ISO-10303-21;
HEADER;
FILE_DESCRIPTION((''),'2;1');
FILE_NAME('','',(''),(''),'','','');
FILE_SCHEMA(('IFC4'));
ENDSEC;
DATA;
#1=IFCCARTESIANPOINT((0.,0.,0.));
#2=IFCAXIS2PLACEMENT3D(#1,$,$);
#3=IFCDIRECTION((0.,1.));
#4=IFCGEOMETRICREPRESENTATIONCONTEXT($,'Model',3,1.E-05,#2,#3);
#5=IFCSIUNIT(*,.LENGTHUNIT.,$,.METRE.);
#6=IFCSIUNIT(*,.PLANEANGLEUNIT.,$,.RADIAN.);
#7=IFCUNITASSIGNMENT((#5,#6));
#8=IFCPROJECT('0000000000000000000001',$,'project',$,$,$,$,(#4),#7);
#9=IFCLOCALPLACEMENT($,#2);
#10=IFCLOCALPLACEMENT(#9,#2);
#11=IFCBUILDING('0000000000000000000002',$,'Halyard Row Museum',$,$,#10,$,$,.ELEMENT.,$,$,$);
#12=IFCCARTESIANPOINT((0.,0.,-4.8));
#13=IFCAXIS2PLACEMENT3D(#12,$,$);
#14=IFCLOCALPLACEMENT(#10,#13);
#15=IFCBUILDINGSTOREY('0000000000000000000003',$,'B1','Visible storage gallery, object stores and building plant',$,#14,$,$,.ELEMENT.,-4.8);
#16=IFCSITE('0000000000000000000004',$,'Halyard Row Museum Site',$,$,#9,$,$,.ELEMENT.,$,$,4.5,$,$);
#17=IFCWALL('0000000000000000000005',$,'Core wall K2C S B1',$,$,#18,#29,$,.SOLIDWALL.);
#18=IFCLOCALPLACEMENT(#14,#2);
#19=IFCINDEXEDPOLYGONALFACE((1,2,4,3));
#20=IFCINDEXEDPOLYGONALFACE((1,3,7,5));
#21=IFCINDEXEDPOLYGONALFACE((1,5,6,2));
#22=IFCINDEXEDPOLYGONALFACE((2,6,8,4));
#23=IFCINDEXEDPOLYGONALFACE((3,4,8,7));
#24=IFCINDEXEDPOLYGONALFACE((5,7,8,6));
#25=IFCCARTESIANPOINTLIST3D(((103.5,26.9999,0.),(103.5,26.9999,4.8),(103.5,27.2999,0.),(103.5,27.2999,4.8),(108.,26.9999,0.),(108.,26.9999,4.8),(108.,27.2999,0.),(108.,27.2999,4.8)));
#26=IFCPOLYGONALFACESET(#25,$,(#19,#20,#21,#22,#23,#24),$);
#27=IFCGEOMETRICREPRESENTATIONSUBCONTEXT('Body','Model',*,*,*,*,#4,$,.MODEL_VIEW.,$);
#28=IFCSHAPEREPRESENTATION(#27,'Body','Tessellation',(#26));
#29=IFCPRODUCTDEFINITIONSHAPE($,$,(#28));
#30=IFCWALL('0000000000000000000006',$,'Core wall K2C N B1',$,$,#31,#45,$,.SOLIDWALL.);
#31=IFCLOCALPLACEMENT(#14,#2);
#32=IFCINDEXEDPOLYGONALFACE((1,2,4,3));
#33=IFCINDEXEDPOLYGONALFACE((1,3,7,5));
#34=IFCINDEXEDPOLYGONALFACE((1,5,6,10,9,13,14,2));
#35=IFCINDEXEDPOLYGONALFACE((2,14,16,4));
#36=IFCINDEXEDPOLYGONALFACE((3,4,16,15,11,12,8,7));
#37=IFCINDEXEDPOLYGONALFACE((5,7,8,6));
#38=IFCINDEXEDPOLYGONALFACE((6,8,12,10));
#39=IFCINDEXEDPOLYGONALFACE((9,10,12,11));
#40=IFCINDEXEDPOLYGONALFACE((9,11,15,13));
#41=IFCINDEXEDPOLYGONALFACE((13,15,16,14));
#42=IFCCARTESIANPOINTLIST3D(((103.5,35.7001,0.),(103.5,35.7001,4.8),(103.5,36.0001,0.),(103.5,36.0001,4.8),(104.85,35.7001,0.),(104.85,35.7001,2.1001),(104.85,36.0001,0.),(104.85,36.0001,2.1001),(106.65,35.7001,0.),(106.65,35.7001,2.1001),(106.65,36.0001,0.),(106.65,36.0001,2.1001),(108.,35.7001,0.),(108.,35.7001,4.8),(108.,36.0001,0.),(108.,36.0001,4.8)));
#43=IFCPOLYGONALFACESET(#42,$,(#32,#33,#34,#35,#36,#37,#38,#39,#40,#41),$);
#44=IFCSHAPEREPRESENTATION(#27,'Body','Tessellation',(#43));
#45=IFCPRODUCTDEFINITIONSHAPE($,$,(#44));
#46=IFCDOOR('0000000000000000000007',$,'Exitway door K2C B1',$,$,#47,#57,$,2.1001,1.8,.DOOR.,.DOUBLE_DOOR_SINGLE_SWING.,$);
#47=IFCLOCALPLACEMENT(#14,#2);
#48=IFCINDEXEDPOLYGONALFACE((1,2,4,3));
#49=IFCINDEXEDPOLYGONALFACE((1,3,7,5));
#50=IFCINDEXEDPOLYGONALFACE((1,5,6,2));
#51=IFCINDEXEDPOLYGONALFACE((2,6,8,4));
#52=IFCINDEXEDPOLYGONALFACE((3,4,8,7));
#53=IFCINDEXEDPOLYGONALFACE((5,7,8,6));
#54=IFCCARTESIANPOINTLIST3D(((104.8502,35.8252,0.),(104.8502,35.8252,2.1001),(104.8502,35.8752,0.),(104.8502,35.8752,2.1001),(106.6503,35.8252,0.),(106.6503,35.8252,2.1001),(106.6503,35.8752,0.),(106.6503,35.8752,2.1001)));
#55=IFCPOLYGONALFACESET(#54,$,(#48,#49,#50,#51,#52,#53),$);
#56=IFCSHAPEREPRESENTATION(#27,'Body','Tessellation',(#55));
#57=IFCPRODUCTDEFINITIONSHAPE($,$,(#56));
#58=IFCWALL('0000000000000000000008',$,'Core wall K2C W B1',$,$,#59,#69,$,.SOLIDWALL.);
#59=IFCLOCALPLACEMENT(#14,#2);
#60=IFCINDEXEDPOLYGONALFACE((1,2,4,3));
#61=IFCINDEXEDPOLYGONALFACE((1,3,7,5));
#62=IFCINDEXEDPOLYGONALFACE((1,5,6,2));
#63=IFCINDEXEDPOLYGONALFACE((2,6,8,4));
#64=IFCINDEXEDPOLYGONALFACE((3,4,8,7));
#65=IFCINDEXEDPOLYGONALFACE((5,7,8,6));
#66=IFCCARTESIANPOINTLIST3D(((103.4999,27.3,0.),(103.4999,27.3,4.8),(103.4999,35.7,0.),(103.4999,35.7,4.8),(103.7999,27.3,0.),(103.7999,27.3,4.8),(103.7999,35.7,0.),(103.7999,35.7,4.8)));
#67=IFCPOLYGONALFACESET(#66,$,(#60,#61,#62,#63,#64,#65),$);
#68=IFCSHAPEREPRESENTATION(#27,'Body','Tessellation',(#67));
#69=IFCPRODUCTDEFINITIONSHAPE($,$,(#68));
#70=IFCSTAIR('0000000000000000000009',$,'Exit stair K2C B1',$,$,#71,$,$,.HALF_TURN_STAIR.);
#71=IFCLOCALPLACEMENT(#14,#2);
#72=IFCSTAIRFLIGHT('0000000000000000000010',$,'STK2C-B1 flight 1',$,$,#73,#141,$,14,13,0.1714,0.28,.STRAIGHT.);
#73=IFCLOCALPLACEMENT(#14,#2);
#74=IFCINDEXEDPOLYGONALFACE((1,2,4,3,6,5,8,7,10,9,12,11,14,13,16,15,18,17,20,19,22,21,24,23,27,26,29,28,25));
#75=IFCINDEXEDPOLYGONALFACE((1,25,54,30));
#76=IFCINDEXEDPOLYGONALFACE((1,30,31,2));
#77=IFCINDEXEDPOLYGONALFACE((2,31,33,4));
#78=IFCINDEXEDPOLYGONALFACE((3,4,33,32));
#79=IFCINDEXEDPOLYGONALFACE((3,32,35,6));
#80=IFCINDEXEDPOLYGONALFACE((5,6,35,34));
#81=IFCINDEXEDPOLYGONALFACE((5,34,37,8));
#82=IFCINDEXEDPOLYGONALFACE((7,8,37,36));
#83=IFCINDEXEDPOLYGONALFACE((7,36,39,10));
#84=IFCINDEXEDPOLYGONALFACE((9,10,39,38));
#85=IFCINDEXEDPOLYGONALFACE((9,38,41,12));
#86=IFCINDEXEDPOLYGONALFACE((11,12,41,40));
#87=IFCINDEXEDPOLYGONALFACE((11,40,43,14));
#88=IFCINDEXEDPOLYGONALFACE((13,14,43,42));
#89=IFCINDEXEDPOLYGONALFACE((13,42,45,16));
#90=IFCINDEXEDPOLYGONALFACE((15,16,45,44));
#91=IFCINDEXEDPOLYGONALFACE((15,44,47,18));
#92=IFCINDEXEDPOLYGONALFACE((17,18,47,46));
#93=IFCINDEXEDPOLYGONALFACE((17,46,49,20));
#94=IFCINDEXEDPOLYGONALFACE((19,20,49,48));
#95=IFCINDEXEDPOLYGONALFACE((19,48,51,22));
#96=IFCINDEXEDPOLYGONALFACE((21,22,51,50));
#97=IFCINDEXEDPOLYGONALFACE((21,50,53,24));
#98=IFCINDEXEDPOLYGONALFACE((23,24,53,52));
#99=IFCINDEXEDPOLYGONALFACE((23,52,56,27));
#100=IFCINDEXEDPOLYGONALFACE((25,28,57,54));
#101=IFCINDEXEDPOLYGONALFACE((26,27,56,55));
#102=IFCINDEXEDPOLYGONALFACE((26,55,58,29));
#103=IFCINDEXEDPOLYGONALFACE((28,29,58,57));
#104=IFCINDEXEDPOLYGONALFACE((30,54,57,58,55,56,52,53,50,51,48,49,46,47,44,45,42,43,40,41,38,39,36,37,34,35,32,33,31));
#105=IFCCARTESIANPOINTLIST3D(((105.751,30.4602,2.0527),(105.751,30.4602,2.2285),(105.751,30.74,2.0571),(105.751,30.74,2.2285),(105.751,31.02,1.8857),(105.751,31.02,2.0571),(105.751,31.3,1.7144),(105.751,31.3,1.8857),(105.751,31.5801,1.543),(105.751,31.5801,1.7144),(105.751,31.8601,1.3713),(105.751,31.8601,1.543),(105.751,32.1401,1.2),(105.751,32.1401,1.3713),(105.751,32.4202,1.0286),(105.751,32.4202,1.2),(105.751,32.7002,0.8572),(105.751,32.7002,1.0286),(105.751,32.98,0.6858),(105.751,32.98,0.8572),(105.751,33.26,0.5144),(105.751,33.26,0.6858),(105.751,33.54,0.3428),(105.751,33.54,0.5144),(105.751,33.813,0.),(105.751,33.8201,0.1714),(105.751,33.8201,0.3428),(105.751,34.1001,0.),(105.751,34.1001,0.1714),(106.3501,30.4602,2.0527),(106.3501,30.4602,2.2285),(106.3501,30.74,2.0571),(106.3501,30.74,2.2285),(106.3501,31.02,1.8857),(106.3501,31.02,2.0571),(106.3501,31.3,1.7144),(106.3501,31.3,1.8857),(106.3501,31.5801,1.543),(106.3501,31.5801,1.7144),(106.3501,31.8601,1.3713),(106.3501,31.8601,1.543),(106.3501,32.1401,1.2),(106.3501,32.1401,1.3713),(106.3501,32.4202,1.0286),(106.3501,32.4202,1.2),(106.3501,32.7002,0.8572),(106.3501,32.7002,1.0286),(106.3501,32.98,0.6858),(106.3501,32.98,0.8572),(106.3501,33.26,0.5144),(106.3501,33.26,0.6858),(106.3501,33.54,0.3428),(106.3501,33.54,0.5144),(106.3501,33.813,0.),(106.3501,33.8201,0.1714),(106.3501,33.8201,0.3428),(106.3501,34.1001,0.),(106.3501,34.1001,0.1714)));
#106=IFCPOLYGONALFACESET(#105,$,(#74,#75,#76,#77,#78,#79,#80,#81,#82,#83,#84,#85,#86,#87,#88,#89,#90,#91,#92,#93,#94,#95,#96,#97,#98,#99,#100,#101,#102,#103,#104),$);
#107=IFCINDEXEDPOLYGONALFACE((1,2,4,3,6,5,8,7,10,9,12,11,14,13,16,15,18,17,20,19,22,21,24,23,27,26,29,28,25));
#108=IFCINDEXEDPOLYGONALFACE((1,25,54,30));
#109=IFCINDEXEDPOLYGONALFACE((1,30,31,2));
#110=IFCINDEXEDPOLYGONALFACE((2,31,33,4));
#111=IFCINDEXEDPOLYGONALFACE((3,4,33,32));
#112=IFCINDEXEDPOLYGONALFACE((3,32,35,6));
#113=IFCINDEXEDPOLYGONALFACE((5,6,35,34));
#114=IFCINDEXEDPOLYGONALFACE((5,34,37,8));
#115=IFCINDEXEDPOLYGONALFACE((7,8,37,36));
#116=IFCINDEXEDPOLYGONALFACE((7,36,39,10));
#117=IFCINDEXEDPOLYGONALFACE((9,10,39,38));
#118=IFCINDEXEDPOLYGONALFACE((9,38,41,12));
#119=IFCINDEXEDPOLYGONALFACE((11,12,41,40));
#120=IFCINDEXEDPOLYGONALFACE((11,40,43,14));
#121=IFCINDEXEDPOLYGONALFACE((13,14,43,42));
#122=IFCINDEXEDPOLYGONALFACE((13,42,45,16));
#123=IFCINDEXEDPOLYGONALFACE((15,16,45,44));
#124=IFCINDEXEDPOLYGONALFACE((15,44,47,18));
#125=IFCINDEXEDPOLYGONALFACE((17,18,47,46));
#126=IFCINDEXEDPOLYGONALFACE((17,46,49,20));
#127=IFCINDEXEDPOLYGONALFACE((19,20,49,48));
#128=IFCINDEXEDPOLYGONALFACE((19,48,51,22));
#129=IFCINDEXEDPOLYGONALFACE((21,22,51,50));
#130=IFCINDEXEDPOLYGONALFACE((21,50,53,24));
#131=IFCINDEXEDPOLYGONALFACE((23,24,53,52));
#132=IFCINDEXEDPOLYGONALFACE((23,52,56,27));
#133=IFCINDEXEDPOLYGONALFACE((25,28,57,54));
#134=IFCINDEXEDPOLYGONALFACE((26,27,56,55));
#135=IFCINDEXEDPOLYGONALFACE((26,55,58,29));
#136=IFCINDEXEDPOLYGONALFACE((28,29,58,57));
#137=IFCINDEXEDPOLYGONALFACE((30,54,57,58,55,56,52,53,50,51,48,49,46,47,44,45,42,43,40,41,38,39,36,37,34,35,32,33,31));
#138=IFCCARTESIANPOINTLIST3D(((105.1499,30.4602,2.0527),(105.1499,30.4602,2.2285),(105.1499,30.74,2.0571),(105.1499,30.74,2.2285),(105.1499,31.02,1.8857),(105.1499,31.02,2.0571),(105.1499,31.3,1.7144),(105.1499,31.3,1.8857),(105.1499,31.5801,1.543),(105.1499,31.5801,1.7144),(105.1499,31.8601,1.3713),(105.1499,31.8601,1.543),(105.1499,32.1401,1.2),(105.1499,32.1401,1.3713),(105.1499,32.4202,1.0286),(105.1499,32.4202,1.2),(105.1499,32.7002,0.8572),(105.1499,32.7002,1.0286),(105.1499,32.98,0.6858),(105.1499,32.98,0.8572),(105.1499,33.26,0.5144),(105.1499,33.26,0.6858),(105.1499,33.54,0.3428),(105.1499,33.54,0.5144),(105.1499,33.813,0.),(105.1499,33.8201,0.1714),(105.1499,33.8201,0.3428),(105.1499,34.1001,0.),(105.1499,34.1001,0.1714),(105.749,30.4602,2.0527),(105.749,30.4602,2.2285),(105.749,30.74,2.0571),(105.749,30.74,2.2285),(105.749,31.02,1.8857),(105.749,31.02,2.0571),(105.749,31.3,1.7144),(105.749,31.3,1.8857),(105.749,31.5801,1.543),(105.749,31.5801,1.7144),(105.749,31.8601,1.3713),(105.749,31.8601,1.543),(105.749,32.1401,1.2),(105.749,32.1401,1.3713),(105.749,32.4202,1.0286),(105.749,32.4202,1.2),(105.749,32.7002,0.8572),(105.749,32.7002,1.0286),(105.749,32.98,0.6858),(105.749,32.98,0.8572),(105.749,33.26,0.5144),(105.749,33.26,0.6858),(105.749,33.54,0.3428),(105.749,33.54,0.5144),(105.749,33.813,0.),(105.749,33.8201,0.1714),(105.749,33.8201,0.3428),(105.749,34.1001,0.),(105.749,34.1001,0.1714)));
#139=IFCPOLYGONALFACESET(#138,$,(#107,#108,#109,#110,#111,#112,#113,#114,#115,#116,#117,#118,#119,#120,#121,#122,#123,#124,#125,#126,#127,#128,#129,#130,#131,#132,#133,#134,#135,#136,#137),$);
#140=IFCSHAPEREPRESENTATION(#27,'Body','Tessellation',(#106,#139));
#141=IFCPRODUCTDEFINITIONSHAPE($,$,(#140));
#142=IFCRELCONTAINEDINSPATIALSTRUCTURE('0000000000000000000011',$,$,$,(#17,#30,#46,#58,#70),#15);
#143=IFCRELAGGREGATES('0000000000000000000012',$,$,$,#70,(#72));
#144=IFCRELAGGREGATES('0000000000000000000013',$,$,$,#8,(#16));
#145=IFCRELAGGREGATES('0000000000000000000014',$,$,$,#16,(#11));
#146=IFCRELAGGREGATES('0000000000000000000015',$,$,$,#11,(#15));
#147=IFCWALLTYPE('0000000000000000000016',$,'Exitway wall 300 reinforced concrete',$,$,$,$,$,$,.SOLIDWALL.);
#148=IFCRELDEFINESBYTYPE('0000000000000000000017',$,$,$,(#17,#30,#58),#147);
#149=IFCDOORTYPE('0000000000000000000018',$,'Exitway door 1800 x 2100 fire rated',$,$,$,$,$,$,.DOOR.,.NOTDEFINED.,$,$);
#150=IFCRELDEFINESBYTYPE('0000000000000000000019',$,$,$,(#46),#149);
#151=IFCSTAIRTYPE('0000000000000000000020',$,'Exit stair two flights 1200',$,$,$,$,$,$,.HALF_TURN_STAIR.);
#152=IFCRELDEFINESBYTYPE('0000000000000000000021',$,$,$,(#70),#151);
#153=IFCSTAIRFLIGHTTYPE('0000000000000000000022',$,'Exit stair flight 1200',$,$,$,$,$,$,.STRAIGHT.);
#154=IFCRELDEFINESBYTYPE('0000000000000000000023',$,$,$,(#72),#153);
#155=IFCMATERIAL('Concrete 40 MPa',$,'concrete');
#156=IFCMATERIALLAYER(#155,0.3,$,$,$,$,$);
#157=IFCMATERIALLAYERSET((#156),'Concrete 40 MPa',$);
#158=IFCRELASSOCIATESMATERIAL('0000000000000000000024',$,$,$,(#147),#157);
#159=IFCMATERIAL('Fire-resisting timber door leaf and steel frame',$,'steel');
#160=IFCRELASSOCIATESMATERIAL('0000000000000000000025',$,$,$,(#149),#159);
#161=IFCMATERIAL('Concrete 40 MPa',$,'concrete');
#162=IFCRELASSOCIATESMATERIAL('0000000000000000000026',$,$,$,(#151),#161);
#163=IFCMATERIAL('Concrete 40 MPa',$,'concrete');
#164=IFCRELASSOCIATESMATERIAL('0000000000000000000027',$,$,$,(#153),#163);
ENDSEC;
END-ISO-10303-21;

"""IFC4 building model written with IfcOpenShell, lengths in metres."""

from ifc_helpers import new_model, si_unit, direction, frame, frame_2d, origin, place, context, subcontext, project, spatial, polyline, rectangle, outline, extrude, material, layer, layer_set, type_object, element, fill, aggregate, save


model = new_model("IFC4")

# Units and contexts
model_context = context("Model", 3, precision=1e-05, world=origin(), true_north=direction((0.0, 1.0)))
body_context = subcontext(model_context, "Body", "Model", "MODEL_VIEW")
ifc_project = project(units=[si_unit("LENGTHUNIT", "METRE"), si_unit("PLANEANGLEUNIT", "RADIAN")], contexts=[model_context])

# Site, building, storey
site_placement = place(None, origin())
site = spatial("IfcSite", under=ifc_project, at=site_placement, Name="Halyard Row Museum Site", CompositionType="ELEMENT", RefElevation=4.5)
building_placement = place(site_placement, origin())
building = spatial("IfcBuilding", under=site, at=building_placement, Name="Halyard Row Museum", CompositionType="ELEMENT")
storey_placement = place(building_placement, frame((0.0, 0.0, -4.8)))
storey = spatial("IfcBuildingStorey", under=building, at=storey_placement, Name="B1", Description="Visible storage gallery, object stores and building plant", CompositionType="ELEMENT", Elevation=-4.8)

# Wall
ifc_material_1 = material(Name="Concrete 40 MPa", Category="concrete")
ifc_layer_1 = layer(ifc_material_1, 0.3)
ifc_layer_set_1 = layer_set([ifc_layer_1], Name="Concrete 40 MPa")
wall_type_1 = type_object("IfcWallType", Name="Exitway wall 300 reinforced concrete", PredefinedType="SOLIDWALL", material=ifc_layer_set_1)
wall_1_placement = place(storey_placement, frame((103.5, 27.1499, 0.0), z_axis=(0.0, 0.0, 1.0), x_axis=(1.0, 0.0, 0.0)))
element("IfcWall", 1, at=wall_1_placement, inside=storey, type_object=wall_type_1, Name="Core wall K2C S B1", PredefinedType="SOLIDWALL", context=body_context, shape_type="SweptSolid", body=[
    extrude(rectangle(XDim=4.5, YDim=0.3, at=frame_2d((2.25, 0.0))), origin(), (0.0, 0.0, 1.0), 4.8),
])

# Wall, opening, door
wall_2_placement = place(storey_placement, frame((103.5, 35.8501, 0.0), z_axis=(0.0, 0.0, 1.0), x_axis=(1.0, 0.0, 0.0)))
wall_2 = element("IfcWall", 2, at=wall_2_placement, inside=storey, type_object=wall_type_1, Name="Core wall K2C N B1", PredefinedType="SOLIDWALL", context=body_context, shape_type="SweptSolid", body=[
    extrude(rectangle(XDim=4.5, YDim=0.3, at=frame_2d((2.25, 0.0))), origin(), (0.0, 0.0, 1.0), 4.8),
])
opening_1_placement = place(wall_2_placement, frame((1.3501, 0.0, 0.0)))
opening_1 = element("IfcOpeningElement", 3, at=opening_1_placement, cuts=wall_2, PredefinedType="OPENING", context=body_context, shape_type="SweptSolid", body=[
    extrude(rectangle(XDim=1.8, YDim=2.1001, at=frame_2d((0.8999, 1.05))), frame((0.0, 0.1599, 0.0), z_axis=(0.0, -1.0, 0.0), x_axis=(1.0, 0.0, 0.0)), (0.0, 0.0, 1.0), 0.3201),
])
ifc_material_2 = material(Name="Fire-resisting timber door leaf and steel frame", Category="steel")
door_type_1 = type_object("IfcDoorType", Name="Exitway door 1800 x 2100 fire rated", OperationType="NOTDEFINED", PredefinedType="DOOR", material=ifc_material_2)
door_1_placement = place(opening_1_placement, frame((1.8, 0.0, 0.0), z_axis=(0.0, 0.0, 1.0), x_axis=(-1.0, 0.0, 0.0)))
door_1 = element("IfcDoor", 4, at=door_1_placement, inside=storey, type_object=door_type_1, Name="Exitway door K2C B1", OperationType="DOUBLE_DOOR_SINGLE_SWING", OverallHeight=2.1001, OverallWidth=1.8, PredefinedType="DOOR", context=body_context, shape_type="SweptSolid", body=[
    extrude(rectangle(XDim=1.8, YDim=2.1001, at=frame_2d((0.8999, 1.05))), frame((0.0, 0.0249, 0.0), z_axis=(0.0, -1.0, 0.0), x_axis=(1.0, 0.0, 0.0)), (0.0, 0.0, 1.0), 0.05),
])
fill(opening_1, door_1)

# Wall
wall_3_placement = place(storey_placement, frame((103.6499, 27.3, 0.0), z_axis=(0.0, 0.0, 1.0), x_axis=(0.0, 1.0, 0.0)))
element("IfcWall", 5, at=wall_3_placement, inside=storey, type_object=wall_type_1, Name="Core wall K2C W B1", PredefinedType="SOLIDWALL", context=body_context, shape_type="SweptSolid", body=[
    extrude(rectangle(XDim=8.3999, YDim=0.3, at=frame_2d((4.2, 0.0))), origin(), (0.0, 0.0, 1.0), 4.8),
])

# Stair, stair flight
ifc_material_3 = material(Name="Concrete 40 MPa", Category="concrete")
stair_type = type_object("IfcStairType", Name="Exit stair two flights 1200", PredefinedType="HALF_TURN_STAIR", material=ifc_material_3)
stair_placement = place(storey_placement, origin())
stair = element("IfcStair", 6, at=stair_placement, inside=storey, type_object=stair_type, Name="Exit stair K2C B1", PredefinedType="HALF_TURN_STAIR")
ifc_material_4 = material(Name="Concrete 40 MPa", Category="concrete")
stair_flight_type = type_object("IfcStairFlightType", Name="Exit stair flight 1200", PredefinedType="STRAIGHT", material=ifc_material_4)
stair_flight_1_placement = place(storey_placement, frame((105.75, 34.1001, 0.0), z_axis=(0.0, 0.0, 1.0), x_axis=(0.0, -1.0, 0.0)))
stair_flight_1 = element("IfcStairFlight", 7, at=stair_flight_1_placement, type_object=stair_flight_type, Name="STK2C-B1 flight 1", NumberOfRisers=14, NumberOfTreads=13, PredefinedType="STRAIGHT", RiserHeight=0.1714, TreadLength=0.28, context=body_context, shape_type="SweptSolid", body=[
    extrude(outline(polyline([(0.0, 0.0), (0.0, 0.1714), (0.28, 0.1714), (0.28, 0.3428), (0.5601, 0.3428), (0.5601, 0.5144), (0.8401, 0.5144), (0.8401, 0.6858), (1.1201, 0.6858), (1.1201, 0.8572), (1.3999, 0.8572), (1.3999, 1.0286), (1.6799, 1.0286), (1.6799, 1.2), (1.96, 1.2), (1.96, 1.3713), (2.24, 1.3713), (2.24, 1.543), (2.52, 1.543), (2.52, 1.7144), (2.8, 1.7144), (2.8, 1.8857), (3.0801, 1.8857), (3.0801, 2.0571), (3.3601, 2.0571), (3.3601, 2.2285), (3.6399, 2.2285), (3.6399, 2.3999), (3.6399, 2.0527), (0.2871, 0.0), (0.0, 0.0)])), frame((0.0, 0.6001, 0.0), z_axis=(0.0, -1.0, 0.0), x_axis=(1.0, 0.0, 0.0)), (0.0, 0.0, 1.0), 0.5991),
    extrude(outline(polyline([(0.0, 0.0), (0.0, 0.1714), (0.28, 0.1714), (0.28, 0.3428), (0.5601, 0.3428), (0.5601, 0.5144), (0.8401, 0.5144), (0.8401, 0.6858), (1.1201, 0.6858), (1.1201, 0.8572), (1.3999, 0.8572), (1.3999, 1.0286), (1.6799, 1.0286), (1.6799, 1.2), (1.96, 1.2), (1.96, 1.3713), (2.24, 1.3713), (2.24, 1.543), (2.52, 1.543), (2.52, 1.7144), (2.8, 1.7144), (2.8, 1.8857), (3.0801, 1.8857), (3.0801, 2.0571), (3.3601, 2.0571), (3.3601, 2.2285), (3.6399, 2.2285), (3.6399, 2.3999), (3.6399, 2.0527), (0.2871, 0.0), (0.0, 0.0)])), frame((0.0, -0.001, 0.0), z_axis=(0.0, -1.0, 0.0), x_axis=(1.0, 0.0, 0.0)), (0.0, 0.0, 1.0), 0.5991),
])
aggregate(stair, [stair_flight_1])

save(model, "model.ifc")
